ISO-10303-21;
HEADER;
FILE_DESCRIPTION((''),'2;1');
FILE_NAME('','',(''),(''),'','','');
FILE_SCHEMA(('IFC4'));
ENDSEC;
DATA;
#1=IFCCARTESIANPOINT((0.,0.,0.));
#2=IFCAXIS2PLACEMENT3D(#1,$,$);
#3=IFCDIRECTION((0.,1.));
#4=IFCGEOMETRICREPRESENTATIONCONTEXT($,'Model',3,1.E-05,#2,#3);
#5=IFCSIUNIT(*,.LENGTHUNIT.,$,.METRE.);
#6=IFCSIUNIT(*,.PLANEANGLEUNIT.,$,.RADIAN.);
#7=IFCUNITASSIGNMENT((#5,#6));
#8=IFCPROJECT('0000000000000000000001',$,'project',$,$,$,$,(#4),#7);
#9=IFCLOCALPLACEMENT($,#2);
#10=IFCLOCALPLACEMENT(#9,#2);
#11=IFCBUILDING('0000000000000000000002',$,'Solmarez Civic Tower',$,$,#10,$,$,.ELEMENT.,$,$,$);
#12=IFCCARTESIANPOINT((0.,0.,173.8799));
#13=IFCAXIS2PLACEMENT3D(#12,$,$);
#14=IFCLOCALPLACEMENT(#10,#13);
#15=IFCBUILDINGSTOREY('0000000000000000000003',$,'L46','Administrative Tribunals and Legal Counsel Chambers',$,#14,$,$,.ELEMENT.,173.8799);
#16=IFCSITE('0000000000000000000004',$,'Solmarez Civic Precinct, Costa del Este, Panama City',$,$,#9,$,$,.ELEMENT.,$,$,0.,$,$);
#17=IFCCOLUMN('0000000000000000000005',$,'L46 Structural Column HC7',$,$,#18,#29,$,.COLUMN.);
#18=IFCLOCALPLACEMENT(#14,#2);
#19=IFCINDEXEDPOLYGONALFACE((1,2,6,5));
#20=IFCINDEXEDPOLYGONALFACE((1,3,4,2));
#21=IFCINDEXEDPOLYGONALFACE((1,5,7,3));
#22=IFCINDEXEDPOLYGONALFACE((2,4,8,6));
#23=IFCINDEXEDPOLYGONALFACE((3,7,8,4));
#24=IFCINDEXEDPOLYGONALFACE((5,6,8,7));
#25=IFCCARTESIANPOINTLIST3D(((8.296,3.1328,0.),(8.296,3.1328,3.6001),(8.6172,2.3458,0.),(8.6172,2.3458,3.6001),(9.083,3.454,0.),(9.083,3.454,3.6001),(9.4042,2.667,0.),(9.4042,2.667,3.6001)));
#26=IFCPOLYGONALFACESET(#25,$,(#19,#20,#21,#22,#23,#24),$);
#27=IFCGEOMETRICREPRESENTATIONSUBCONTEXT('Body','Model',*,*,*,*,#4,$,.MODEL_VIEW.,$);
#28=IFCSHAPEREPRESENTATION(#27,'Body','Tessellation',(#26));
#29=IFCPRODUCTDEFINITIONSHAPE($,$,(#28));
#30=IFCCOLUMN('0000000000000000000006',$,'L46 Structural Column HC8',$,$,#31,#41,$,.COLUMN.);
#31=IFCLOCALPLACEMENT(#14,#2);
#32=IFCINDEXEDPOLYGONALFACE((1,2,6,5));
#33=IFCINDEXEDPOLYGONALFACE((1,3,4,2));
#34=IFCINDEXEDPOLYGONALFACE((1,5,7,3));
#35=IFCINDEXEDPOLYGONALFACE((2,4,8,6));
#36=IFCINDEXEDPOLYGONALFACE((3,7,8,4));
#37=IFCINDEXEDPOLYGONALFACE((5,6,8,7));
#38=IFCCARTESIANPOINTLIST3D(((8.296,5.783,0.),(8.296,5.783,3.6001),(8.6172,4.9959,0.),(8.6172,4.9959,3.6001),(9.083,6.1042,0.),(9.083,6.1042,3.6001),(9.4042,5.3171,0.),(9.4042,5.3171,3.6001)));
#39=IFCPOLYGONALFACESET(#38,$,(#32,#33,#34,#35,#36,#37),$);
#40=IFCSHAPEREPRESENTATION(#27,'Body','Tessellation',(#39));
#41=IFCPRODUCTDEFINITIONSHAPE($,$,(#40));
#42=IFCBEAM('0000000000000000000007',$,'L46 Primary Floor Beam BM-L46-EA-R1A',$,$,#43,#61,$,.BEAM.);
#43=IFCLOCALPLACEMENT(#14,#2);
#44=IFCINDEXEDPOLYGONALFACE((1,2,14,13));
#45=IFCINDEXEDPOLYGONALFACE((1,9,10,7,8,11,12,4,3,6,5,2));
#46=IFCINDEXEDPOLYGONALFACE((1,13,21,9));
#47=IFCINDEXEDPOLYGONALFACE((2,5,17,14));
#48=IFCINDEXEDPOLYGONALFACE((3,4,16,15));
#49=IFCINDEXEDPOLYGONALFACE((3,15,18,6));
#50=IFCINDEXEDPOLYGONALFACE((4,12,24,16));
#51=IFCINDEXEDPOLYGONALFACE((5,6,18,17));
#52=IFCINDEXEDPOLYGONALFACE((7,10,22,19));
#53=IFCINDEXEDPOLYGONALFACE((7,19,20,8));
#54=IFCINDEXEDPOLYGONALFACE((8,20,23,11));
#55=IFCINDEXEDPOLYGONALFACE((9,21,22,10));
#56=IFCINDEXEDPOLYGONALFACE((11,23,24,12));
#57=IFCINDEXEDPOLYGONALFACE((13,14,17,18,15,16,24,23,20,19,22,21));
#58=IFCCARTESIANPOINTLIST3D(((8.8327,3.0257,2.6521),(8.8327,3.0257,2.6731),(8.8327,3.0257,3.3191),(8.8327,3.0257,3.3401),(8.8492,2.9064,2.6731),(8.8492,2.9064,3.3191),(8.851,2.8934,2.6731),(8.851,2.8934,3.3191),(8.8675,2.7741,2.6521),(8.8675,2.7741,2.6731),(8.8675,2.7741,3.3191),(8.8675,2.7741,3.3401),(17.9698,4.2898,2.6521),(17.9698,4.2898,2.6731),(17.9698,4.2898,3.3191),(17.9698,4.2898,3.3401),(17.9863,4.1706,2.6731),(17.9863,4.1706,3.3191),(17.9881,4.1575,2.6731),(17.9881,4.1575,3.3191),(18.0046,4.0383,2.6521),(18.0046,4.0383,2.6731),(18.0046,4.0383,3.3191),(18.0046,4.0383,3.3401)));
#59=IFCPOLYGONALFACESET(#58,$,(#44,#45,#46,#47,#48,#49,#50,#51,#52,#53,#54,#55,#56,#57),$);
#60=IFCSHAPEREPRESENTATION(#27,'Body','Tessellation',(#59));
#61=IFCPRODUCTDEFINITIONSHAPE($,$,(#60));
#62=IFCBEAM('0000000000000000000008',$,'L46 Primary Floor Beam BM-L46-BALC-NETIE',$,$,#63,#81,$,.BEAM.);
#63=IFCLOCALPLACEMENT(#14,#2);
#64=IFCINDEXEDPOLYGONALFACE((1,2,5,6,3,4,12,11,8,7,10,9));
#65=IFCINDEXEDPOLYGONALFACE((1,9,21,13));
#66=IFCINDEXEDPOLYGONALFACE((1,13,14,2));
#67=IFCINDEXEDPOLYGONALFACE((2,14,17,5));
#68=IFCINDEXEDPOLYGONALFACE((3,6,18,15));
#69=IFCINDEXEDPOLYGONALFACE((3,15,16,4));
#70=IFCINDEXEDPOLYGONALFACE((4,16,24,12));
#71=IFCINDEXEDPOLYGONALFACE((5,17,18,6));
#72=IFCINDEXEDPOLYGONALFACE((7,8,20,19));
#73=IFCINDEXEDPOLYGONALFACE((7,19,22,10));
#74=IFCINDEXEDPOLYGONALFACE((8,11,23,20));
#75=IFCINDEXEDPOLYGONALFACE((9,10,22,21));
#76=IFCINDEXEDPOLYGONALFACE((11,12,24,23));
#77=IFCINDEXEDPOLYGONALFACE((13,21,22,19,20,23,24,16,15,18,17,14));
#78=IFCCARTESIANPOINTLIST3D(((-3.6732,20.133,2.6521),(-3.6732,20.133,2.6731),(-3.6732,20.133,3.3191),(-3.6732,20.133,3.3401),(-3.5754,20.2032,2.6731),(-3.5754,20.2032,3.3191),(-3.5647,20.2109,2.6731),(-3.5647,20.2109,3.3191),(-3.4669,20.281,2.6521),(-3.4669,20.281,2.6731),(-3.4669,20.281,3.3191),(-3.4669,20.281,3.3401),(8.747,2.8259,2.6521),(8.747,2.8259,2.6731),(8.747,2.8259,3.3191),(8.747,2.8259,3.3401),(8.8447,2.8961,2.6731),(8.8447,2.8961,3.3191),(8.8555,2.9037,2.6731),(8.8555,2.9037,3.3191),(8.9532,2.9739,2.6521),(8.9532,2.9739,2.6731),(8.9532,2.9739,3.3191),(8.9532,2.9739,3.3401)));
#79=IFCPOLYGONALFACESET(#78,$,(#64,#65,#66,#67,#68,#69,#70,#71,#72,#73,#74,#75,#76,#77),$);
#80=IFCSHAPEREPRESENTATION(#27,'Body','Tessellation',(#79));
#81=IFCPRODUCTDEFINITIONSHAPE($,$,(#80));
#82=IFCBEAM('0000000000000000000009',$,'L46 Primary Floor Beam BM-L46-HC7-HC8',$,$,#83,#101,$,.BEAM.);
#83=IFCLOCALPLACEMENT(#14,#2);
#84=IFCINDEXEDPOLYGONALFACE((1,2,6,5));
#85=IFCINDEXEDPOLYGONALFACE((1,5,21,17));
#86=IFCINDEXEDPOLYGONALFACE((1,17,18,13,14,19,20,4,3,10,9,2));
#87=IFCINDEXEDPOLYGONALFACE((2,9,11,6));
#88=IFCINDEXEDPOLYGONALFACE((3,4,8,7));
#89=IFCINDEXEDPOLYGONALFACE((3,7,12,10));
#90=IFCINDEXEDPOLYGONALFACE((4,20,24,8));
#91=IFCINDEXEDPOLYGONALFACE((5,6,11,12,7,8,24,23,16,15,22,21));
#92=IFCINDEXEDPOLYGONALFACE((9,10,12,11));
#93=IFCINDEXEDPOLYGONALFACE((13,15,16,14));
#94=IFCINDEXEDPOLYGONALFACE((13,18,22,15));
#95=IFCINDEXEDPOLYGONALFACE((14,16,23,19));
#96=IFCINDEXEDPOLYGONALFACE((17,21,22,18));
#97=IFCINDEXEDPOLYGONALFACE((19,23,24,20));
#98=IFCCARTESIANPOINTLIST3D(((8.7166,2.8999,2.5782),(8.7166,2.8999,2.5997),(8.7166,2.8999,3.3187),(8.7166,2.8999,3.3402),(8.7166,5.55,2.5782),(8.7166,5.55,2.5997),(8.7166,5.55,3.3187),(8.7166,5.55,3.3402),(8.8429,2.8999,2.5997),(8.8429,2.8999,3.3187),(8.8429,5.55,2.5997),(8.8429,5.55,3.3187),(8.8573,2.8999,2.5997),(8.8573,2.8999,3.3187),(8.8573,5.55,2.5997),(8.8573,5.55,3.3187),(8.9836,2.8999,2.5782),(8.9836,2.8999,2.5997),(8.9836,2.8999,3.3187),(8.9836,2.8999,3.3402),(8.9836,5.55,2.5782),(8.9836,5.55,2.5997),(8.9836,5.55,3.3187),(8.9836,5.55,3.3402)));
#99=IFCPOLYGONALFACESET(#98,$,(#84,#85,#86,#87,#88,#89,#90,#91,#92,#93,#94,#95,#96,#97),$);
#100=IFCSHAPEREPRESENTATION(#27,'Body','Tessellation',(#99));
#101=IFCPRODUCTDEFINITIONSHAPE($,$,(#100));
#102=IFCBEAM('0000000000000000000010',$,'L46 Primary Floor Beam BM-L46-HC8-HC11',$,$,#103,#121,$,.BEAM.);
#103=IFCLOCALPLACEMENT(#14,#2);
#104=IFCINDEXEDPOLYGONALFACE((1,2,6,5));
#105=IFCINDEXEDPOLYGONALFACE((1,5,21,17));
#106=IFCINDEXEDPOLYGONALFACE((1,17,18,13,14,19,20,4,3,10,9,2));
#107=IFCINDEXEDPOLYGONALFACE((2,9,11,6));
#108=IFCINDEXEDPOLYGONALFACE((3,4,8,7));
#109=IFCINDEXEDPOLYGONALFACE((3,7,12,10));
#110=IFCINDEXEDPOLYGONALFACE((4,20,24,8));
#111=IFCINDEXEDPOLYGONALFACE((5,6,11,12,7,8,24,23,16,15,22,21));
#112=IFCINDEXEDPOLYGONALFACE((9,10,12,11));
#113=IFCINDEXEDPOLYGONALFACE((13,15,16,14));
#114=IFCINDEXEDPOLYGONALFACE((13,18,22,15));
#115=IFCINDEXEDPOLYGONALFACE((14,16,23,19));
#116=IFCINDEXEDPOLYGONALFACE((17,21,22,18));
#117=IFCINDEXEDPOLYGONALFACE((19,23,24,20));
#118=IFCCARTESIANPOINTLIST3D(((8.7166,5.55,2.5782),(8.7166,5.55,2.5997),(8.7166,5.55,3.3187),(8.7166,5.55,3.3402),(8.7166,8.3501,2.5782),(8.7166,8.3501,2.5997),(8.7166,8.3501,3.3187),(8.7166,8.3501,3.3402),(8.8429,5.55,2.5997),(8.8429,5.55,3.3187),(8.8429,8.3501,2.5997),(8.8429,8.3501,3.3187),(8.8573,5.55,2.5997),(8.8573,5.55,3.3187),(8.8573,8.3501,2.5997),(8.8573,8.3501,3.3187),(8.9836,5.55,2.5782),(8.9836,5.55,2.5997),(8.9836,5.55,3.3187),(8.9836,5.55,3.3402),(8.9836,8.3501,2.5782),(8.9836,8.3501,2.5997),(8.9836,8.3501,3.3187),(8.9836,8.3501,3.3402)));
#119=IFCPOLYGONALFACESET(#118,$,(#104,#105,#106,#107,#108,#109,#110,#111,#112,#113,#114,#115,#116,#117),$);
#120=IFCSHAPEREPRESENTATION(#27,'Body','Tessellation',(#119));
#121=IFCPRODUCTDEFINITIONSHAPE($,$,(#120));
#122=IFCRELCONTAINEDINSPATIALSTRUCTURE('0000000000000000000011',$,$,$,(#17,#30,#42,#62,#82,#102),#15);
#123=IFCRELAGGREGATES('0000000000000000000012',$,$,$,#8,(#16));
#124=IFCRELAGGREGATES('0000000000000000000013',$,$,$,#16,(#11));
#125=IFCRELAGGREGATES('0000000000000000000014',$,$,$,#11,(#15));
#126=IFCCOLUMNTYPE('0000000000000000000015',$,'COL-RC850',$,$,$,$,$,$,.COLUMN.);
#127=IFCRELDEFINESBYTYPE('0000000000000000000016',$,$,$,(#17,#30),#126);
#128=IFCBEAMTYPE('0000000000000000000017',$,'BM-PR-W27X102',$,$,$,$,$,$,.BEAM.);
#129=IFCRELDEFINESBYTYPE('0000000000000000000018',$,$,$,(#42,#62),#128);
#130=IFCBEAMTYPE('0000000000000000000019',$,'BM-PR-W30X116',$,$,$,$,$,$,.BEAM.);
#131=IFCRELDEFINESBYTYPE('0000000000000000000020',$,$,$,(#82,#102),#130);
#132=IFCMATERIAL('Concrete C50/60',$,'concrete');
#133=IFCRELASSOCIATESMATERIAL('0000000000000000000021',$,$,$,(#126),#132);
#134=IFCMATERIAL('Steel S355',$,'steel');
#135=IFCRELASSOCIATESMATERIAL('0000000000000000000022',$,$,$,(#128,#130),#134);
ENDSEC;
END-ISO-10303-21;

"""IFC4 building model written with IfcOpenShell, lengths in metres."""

from ifc_helpers import new_model, si_unit, direction, frame, origin, origin_2d, place, context, subcontext, project, spatial, rectangle, i_section, extrude, material, material_profile, profile_set, type_object, element, save


model = new_model("IFC4")

# Units and contexts
model_context = context("Model", 3, precision=1e-05, world=origin(), true_north=direction((0.0, 1.0)))
body_context = subcontext(model_context, "Body", "Model", "MODEL_VIEW")
ifc_project = project(units=[si_unit("LENGTHUNIT", "METRE"), si_unit("PLANEANGLEUNIT", "RADIAN")], contexts=[model_context])

# Site, building, storey
site_placement = place(None, origin())
site = spatial("IfcSite", under=ifc_project, at=site_placement, Name="Solmarez Civic Precinct, Costa del Este, Panama City", CompositionType="ELEMENT", RefElevation=0.0)
building_placement = place(site_placement, origin())
building = spatial("IfcBuilding", under=site, at=building_placement, Name="Solmarez Civic Tower", CompositionType="ELEMENT")
storey_placement = place(building_placement, frame((0.0, 0.0, 173.8799)))
storey = spatial("IfcBuildingStorey", under=building, at=storey_placement, Name="L46", Description="Administrative Tribunals and Legal Counsel Chambers", CompositionType="ELEMENT", Elevation=173.8799)

# Columns
ifc_material_1 = material(Name="Concrete C50/60", Category="concrete")
ifc_material_profile_1 = material_profile(ifc_material_1, rectangle(XDim=0.8501, YDim=0.8501, at=origin_2d()), Name="RC850X850")
ifc_profile_set_1 = profile_set([ifc_material_profile_1], Name="Concrete C50/60")
column_type = type_object("IfcColumnType", Name="COL-RC850", PredefinedType="COLUMN", material=ifc_profile_set_1)
for number, where, z_axis, x_axis, name in (
    (1, (8.8501, 2.8999, 0.0), (0.0, 0.0, 1.0), (0.925871, 0.377841, 0.0), "L46 Structural Column HC7"),
    (2, (8.8501, 5.55, 0.0), (0.0, 0.0, 1.0), (0.925871, 0.377841, 0.0), "L46 Structural Column HC8"),
):
    element("IfcColumn", number, at=place(storey_placement, frame(where, z_axis=z_axis, x_axis=x_axis)), inside=storey, type_object=column_type, Name=name, PredefinedType="COLUMN", context=body_context, shape_type="SweptSolid", body=[
        extrude(rectangle(XDim=0.8501, YDim=0.8501, at=origin_2d()), origin(), (0.0, 0.0, 1.0), 3.6001),
    ])

# Beams
ifc_material_2 = material(Name="Steel S355", Category="steel")
ifc_material_profile_2 = material_profile(ifc_material_2, i_section(OverallWidth=0.2539, OverallDepth=0.688, WebThickness=0.0132, FlangeThickness=0.021, at=origin_2d()), Name="W27X102")
ifc_profile_set_2 = profile_set([ifc_material_profile_2], Name="Steel S355")
beam_type_1 = type_object("IfcBeamType", Name="BM-PR-W27X102", PredefinedType="BEAM", material=ifc_profile_set_2)
beam_1_placement = place(storey_placement, frame((8.8501, 2.8999, 2.9961), z_axis=(0.990564, 0.137051, 0.0), x_axis=(-0.137051, 0.990564, 0.0)))
element("IfcBeam", 3, at=beam_1_placement, inside=storey, type_object=beam_type_1, Name="L46 Primary Floor Beam BM-L46-EA-R1A", PredefinedType="BEAM", context=body_context, shape_type="SweptSolid", body=[
    extrude(i_section(OverallWidth=0.2539, OverallDepth=0.688, WebThickness=0.0132, FlangeThickness=0.021, at=origin_2d()), origin(), (0.0, 0.0, 1.0), 9.2241),
])
beam_2_placement = place(storey_placement, frame((8.8501, 2.8999, 2.9961), z_axis=(-0.583037, 0.812445, 0.0), x_axis=(-0.812445, -0.583037, 0.0)))
element("IfcBeam", 4, at=beam_2_placement, inside=storey, type_object=beam_type_1, Name="L46 Primary Floor Beam BM-L46-BALC-NETIE", PredefinedType="BEAM", context=body_context, shape_type="SweptSolid", body=[
    extrude(i_section(OverallWidth=0.2539, OverallDepth=0.688, WebThickness=0.0132, FlangeThickness=0.021, at=origin_2d()), origin(), (0.0, 0.0, 1.0), 21.3025),
])
ifc_material_profile_3 = material_profile(ifc_material_2, i_section(OverallWidth=0.2671, OverallDepth=0.762, WebThickness=0.0144, FlangeThickness=0.0215, at=origin_2d()), Name="W30X116")
ifc_profile_set_3 = profile_set([ifc_material_profile_3], Name="Steel S355")
beam_type_2 = type_object("IfcBeamType", Name="BM-PR-W30X116", PredefinedType="BEAM", material=ifc_profile_set_3)
beam_3_placement = place(storey_placement, frame((8.8501, 2.8999, 2.9592), z_axis=(0.0, 1.0, 0.0), x_axis=(-1.0, 0.0, 0.0)))
element("IfcBeam", 5, at=beam_3_placement, inside=storey, type_object=beam_type_2, Name="L46 Primary Floor Beam BM-L46-HC7-HC8", PredefinedType="BEAM", context=body_context, shape_type="SweptSolid", body=[
    extrude(i_section(OverallWidth=0.2671, OverallDepth=0.762, WebThickness=0.0144, FlangeThickness=0.0215, at=origin_2d()), origin(), (0.0, 0.0, 1.0), 2.6501),
])
beam_4_placement = place(storey_placement, frame((8.8501, 5.55, 2.9592), z_axis=(0.0, 1.0, 0.0), x_axis=(-1.0, 0.0, 0.0)))
element("IfcBeam", 6, at=beam_4_placement, inside=storey, type_object=beam_type_2, Name="L46 Primary Floor Beam BM-L46-HC8-HC11", PredefinedType="BEAM", context=body_context, shape_type="SweptSolid", body=[
    extrude(i_section(OverallWidth=0.2671, OverallDepth=0.762, WebThickness=0.0144, FlangeThickness=0.0215, at=origin_2d()), origin(), (0.0, 0.0, 1.0), 2.8),
])

save(model, "model.ifc")
